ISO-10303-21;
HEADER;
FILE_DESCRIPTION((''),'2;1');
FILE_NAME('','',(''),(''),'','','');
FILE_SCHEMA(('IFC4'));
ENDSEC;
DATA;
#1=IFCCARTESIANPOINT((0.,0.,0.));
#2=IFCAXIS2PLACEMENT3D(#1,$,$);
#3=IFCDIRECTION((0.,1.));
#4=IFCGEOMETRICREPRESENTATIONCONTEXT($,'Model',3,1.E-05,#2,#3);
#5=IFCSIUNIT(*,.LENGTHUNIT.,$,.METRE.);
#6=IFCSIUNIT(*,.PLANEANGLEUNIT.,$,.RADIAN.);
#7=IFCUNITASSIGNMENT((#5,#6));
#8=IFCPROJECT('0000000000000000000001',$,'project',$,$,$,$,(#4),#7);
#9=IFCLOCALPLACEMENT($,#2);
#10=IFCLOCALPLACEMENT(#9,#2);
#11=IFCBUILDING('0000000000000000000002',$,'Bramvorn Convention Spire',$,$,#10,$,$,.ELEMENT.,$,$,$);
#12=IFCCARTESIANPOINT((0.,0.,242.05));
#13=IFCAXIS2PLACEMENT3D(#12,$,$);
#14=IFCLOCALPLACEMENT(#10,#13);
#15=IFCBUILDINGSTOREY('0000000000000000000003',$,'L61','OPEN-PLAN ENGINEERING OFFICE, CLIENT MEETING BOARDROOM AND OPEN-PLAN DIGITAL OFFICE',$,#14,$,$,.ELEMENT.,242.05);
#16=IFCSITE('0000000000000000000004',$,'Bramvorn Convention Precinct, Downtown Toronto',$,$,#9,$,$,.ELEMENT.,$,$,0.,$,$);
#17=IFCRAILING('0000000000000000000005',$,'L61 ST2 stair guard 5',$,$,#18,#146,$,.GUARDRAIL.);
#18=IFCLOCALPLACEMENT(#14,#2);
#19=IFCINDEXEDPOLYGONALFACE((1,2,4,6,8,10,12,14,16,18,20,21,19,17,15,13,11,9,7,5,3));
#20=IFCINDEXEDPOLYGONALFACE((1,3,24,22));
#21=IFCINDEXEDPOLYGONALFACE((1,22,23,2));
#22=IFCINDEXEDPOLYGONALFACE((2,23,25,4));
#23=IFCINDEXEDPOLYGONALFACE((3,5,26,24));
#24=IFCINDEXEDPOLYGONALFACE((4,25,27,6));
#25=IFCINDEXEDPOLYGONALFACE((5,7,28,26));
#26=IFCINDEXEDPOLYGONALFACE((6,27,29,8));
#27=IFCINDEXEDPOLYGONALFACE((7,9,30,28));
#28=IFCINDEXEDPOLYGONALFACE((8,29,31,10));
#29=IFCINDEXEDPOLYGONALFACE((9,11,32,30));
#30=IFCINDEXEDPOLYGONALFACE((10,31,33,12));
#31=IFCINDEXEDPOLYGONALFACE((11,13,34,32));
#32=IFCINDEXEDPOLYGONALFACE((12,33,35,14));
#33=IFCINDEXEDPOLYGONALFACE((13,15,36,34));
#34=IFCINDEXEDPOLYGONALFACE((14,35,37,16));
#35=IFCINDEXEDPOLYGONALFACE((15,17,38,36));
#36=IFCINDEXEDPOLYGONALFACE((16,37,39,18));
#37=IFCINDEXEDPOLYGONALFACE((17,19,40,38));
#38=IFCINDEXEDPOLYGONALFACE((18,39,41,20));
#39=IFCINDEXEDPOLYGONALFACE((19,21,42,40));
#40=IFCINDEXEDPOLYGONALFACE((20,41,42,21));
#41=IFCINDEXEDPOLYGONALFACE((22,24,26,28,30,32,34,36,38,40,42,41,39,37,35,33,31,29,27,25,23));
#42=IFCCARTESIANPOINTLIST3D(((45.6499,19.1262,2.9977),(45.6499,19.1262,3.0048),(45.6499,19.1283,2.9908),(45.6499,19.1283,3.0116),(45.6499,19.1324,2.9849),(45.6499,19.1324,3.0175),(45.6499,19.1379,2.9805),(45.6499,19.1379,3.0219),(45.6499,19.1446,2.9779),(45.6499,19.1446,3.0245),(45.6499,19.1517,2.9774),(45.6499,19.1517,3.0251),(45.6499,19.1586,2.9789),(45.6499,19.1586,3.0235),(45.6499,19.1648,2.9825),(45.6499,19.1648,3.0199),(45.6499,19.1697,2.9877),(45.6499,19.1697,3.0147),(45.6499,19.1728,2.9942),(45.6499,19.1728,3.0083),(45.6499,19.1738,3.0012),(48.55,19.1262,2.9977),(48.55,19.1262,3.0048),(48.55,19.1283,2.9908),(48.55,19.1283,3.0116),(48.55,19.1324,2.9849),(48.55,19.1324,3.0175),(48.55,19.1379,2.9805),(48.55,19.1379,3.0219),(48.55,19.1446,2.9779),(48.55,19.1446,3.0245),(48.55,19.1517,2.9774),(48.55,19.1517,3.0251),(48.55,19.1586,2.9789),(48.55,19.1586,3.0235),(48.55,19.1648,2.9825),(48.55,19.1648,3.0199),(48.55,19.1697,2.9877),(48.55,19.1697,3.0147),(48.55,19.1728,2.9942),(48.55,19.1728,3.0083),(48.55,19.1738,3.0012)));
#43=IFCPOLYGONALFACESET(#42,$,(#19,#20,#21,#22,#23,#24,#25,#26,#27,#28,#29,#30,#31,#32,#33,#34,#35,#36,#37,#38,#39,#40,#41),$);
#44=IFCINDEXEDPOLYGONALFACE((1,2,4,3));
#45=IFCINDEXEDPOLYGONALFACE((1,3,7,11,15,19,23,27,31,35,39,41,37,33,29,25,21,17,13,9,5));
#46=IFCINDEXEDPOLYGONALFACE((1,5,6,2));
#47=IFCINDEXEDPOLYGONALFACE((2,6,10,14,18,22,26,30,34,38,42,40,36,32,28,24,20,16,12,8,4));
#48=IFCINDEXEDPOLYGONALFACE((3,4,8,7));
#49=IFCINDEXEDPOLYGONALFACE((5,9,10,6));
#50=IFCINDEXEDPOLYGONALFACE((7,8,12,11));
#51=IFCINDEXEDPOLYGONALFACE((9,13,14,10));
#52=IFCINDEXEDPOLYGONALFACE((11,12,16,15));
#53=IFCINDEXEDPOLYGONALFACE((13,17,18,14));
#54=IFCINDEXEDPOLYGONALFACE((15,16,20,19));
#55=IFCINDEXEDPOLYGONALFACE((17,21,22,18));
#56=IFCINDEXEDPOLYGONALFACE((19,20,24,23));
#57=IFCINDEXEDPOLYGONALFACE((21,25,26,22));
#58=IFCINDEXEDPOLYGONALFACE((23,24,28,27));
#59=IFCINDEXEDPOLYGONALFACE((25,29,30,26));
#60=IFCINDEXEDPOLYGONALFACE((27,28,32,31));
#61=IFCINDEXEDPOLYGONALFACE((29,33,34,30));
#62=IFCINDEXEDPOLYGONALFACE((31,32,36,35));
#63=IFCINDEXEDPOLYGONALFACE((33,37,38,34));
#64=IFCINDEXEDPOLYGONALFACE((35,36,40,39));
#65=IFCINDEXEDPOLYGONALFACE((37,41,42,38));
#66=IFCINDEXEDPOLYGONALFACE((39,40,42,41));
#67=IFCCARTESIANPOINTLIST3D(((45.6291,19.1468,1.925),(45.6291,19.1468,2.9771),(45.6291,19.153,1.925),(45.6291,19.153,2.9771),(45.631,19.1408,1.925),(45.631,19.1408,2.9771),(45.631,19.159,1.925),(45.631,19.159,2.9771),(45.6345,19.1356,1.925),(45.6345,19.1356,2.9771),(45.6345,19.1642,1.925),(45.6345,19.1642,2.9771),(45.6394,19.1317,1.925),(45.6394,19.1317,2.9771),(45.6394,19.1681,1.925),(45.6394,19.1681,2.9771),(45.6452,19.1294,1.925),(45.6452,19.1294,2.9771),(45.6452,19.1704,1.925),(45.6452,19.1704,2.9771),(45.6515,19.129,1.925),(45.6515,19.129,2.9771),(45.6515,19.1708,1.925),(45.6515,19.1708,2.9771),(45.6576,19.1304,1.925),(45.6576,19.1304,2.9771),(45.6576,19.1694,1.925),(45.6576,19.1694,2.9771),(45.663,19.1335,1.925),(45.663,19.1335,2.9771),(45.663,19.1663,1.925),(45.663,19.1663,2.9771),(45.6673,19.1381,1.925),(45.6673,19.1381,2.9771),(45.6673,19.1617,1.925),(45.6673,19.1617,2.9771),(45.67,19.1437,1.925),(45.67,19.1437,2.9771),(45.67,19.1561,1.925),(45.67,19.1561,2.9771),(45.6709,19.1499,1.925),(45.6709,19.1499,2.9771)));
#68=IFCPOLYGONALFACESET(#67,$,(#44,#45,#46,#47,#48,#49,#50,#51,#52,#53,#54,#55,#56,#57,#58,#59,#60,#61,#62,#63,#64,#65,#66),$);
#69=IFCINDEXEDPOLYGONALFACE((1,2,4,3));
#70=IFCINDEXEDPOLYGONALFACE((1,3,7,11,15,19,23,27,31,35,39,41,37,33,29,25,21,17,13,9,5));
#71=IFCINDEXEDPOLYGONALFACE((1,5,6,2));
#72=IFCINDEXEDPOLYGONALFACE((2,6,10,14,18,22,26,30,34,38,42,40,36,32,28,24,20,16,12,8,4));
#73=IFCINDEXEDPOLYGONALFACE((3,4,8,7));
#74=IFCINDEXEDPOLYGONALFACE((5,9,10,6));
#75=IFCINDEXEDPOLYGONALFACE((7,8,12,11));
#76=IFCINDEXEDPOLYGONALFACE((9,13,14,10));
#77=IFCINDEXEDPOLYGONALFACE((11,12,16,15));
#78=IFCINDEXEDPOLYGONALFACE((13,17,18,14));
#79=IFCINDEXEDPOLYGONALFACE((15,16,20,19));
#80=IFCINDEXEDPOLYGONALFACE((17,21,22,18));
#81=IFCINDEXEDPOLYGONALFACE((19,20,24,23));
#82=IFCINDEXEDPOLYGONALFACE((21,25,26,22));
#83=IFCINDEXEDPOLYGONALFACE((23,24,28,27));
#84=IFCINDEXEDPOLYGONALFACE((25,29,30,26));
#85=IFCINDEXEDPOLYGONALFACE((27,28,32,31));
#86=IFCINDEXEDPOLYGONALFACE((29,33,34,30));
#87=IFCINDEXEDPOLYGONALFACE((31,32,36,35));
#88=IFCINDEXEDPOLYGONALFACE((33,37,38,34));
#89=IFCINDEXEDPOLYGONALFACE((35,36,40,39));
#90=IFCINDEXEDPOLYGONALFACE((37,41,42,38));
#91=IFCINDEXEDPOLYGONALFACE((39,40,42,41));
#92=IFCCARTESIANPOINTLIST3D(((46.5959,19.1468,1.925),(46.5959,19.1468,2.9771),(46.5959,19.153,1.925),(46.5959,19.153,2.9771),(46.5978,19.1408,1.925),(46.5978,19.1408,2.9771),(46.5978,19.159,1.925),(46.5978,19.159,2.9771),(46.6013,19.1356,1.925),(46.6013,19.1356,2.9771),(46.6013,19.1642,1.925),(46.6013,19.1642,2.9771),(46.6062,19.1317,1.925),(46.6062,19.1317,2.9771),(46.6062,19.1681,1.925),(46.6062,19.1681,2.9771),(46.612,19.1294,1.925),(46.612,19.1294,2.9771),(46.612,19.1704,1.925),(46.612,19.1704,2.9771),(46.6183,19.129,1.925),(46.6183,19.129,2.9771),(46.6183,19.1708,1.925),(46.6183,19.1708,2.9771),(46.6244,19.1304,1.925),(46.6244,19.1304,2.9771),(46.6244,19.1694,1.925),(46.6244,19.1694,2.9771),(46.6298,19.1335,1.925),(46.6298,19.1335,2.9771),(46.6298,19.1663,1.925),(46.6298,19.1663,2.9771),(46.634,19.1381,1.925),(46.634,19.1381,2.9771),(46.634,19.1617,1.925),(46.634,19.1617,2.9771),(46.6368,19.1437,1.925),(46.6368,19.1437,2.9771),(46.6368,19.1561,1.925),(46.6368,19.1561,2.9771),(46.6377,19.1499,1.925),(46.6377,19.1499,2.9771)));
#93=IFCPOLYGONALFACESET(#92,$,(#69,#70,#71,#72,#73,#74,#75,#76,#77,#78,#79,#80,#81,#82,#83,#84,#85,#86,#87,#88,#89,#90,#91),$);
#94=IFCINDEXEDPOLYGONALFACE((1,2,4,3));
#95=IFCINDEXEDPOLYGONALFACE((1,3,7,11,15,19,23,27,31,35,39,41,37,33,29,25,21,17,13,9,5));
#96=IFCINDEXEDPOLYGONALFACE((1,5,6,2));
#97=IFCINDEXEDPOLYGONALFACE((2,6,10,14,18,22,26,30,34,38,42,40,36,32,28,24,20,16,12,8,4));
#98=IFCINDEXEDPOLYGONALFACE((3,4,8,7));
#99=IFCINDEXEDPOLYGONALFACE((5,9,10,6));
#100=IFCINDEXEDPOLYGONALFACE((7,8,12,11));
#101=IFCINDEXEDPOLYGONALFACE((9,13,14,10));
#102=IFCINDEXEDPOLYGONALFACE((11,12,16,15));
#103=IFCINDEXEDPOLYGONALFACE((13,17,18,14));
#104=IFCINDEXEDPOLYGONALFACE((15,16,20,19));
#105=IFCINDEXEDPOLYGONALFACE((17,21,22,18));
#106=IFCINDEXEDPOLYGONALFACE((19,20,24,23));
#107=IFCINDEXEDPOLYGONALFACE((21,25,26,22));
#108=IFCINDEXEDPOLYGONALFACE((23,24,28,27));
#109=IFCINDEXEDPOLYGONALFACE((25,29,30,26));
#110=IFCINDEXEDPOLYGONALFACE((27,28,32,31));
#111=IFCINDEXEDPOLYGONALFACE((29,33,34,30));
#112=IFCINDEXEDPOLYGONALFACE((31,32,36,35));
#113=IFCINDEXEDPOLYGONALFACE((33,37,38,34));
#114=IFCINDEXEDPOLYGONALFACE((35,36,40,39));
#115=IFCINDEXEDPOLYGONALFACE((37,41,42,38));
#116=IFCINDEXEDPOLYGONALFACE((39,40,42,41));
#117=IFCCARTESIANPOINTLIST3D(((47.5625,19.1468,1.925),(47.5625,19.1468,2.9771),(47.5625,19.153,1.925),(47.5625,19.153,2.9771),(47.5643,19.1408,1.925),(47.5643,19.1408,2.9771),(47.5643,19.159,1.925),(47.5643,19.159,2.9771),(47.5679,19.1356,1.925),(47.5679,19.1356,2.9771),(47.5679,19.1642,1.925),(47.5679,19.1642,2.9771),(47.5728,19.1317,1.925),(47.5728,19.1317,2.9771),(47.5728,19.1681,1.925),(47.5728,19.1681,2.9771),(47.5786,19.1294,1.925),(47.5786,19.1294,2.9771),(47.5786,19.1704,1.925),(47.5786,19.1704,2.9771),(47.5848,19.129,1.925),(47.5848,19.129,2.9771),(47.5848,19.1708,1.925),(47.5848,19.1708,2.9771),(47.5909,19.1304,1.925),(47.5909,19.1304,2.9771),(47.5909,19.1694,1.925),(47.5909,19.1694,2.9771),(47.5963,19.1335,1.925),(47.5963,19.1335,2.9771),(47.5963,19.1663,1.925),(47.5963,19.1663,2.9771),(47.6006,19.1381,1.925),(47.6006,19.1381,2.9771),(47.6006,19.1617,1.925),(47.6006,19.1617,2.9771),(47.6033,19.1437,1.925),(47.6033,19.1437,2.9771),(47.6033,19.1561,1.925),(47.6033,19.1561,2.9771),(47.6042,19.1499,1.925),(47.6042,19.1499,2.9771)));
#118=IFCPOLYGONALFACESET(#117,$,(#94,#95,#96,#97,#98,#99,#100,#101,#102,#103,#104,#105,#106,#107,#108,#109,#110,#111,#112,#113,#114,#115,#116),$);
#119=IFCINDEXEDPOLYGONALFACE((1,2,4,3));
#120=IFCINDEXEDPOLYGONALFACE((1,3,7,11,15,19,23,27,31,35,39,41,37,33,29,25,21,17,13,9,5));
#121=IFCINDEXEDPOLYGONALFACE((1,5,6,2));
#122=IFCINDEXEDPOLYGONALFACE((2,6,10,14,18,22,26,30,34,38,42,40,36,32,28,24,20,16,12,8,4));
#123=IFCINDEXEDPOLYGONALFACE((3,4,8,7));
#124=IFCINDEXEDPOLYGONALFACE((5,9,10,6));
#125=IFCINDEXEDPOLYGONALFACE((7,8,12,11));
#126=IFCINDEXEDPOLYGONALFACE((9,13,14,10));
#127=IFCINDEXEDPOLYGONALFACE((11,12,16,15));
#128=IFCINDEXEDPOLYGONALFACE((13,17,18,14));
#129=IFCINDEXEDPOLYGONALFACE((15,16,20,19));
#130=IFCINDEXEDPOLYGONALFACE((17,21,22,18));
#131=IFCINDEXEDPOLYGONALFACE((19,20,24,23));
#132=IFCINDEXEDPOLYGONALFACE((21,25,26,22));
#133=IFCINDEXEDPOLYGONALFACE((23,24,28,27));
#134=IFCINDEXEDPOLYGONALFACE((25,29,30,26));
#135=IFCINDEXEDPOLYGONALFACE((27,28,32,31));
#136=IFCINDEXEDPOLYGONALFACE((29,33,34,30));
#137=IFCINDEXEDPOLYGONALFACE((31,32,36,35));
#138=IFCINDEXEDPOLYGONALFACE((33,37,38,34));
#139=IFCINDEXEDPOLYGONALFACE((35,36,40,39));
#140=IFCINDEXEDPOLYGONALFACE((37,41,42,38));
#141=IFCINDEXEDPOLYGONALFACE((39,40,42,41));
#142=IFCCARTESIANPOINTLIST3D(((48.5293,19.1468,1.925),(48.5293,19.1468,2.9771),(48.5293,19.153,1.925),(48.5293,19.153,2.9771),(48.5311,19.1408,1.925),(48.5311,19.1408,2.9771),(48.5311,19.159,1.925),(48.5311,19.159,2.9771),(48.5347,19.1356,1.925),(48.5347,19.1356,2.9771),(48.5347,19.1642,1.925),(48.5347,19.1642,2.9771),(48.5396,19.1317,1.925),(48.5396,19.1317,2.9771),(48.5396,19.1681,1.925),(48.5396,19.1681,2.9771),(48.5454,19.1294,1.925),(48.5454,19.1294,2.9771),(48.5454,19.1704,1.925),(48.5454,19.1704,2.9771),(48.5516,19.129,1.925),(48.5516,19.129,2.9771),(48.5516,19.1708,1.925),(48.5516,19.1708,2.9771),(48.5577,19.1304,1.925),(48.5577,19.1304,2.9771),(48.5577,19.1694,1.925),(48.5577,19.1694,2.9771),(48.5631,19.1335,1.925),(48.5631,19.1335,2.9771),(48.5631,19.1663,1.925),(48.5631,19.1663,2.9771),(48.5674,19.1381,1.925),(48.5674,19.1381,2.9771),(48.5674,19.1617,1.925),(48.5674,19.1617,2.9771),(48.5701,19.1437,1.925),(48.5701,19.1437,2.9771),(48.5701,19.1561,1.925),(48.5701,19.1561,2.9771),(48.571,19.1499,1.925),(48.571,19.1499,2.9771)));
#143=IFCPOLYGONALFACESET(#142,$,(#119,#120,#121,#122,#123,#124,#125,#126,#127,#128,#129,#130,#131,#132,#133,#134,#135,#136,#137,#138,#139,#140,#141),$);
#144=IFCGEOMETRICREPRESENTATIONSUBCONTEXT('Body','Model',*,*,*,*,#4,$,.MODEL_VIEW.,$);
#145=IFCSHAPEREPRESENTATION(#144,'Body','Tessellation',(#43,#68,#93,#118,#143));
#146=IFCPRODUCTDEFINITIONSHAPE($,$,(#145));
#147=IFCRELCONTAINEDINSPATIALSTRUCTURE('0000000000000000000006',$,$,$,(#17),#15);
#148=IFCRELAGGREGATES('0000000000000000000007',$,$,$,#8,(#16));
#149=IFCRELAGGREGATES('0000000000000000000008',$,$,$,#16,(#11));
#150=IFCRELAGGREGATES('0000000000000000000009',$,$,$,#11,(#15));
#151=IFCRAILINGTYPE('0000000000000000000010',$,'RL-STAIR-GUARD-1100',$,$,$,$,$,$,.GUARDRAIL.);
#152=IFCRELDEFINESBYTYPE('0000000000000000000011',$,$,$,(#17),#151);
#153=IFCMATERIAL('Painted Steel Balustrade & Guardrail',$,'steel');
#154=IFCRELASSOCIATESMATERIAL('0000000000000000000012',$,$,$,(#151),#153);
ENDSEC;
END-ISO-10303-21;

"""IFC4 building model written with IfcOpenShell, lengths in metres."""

from ifc_helpers import new_model, si_unit, direction, frame, origin, origin_2d, place, context, subcontext, project, spatial, circle, extrude, material, type_object, element, save


model = new_model("IFC4")

# Units and contexts
model_context = context("Model", 3, precision=1e-05, world=origin(), true_north=direction((0.0, 1.0)))
body_context = subcontext(model_context, "Body", "Model", "MODEL_VIEW")
ifc_project = project(units=[si_unit("LENGTHUNIT", "METRE"), si_unit("PLANEANGLEUNIT", "RADIAN")], contexts=[model_context])

# Site, building, storey
site_placement = place(None, origin())
site = spatial("IfcSite", under=ifc_project, at=site_placement, Name="Bramvorn Convention Precinct, Downtown Toronto", CompositionType="ELEMENT", RefElevation=0.0)
building_placement = place(site_placement, origin())
building = spatial("IfcBuilding", under=site, at=building_placement, Name="Bramvorn Convention Spire", CompositionType="ELEMENT")
storey_placement = place(building_placement, frame((0.0, 0.0, 242.05)))
storey = spatial("IfcBuildingStorey", under=building, at=storey_placement, Name="L61", Description="OPEN-PLAN ENGINEERING OFFICE, CLIENT MEETING BOARDROOM AND OPEN-PLAN DIGITAL OFFICE", CompositionType="ELEMENT", Elevation=242.05)

# Railing
ifc_material_1 = material(Name="Painted Steel Balustrade & Guardrail", Category="steel")
railing_type_1 = type_object("IfcRailingType", Name="RL-STAIR-GUARD-1100", PredefinedType="GUARDRAIL", material=ifc_material_1)
railing_1_placement = place(storey_placement, frame((45.6499, 19.1499, 1.925)))
element("IfcRailing", 1, at=railing_1_placement, inside=storey, type_object=railing_type_1, Name="L61 ST2 stair guard 5", PredefinedType="GUARDRAIL", context=body_context, shape_type="SweptSolid", body=[
    extrude(circle(Radius=0.0239, at=origin_2d()), frame((0.0, 0.0, 1.0762), z_axis=(1.0, 0.0, 0.0), x_axis=(0.0, 1.0, 0.0)), (0.0, 0.0, 1.0), 2.9001),
    extrude(circle(Radius=0.021, at=origin_2d()), origin(), (0.0, 0.0, 1.0), 1.052),
    extrude(circle(Radius=0.021, at=origin_2d()), frame((0.9668, 0.0, 0.0)), (0.0, 0.0, 1.0), 1.052),
    extrude(circle(Radius=0.021, at=origin_2d()), frame((1.9333, 0.0, 0.0)), (0.0, 0.0, 1.0), 1.052),
    extrude(circle(Radius=0.021, at=origin_2d()), frame((2.9001, 0.0, 0.0)), (0.0, 0.0, 1.0), 1.052),
])

save(model, "model.ifc")
